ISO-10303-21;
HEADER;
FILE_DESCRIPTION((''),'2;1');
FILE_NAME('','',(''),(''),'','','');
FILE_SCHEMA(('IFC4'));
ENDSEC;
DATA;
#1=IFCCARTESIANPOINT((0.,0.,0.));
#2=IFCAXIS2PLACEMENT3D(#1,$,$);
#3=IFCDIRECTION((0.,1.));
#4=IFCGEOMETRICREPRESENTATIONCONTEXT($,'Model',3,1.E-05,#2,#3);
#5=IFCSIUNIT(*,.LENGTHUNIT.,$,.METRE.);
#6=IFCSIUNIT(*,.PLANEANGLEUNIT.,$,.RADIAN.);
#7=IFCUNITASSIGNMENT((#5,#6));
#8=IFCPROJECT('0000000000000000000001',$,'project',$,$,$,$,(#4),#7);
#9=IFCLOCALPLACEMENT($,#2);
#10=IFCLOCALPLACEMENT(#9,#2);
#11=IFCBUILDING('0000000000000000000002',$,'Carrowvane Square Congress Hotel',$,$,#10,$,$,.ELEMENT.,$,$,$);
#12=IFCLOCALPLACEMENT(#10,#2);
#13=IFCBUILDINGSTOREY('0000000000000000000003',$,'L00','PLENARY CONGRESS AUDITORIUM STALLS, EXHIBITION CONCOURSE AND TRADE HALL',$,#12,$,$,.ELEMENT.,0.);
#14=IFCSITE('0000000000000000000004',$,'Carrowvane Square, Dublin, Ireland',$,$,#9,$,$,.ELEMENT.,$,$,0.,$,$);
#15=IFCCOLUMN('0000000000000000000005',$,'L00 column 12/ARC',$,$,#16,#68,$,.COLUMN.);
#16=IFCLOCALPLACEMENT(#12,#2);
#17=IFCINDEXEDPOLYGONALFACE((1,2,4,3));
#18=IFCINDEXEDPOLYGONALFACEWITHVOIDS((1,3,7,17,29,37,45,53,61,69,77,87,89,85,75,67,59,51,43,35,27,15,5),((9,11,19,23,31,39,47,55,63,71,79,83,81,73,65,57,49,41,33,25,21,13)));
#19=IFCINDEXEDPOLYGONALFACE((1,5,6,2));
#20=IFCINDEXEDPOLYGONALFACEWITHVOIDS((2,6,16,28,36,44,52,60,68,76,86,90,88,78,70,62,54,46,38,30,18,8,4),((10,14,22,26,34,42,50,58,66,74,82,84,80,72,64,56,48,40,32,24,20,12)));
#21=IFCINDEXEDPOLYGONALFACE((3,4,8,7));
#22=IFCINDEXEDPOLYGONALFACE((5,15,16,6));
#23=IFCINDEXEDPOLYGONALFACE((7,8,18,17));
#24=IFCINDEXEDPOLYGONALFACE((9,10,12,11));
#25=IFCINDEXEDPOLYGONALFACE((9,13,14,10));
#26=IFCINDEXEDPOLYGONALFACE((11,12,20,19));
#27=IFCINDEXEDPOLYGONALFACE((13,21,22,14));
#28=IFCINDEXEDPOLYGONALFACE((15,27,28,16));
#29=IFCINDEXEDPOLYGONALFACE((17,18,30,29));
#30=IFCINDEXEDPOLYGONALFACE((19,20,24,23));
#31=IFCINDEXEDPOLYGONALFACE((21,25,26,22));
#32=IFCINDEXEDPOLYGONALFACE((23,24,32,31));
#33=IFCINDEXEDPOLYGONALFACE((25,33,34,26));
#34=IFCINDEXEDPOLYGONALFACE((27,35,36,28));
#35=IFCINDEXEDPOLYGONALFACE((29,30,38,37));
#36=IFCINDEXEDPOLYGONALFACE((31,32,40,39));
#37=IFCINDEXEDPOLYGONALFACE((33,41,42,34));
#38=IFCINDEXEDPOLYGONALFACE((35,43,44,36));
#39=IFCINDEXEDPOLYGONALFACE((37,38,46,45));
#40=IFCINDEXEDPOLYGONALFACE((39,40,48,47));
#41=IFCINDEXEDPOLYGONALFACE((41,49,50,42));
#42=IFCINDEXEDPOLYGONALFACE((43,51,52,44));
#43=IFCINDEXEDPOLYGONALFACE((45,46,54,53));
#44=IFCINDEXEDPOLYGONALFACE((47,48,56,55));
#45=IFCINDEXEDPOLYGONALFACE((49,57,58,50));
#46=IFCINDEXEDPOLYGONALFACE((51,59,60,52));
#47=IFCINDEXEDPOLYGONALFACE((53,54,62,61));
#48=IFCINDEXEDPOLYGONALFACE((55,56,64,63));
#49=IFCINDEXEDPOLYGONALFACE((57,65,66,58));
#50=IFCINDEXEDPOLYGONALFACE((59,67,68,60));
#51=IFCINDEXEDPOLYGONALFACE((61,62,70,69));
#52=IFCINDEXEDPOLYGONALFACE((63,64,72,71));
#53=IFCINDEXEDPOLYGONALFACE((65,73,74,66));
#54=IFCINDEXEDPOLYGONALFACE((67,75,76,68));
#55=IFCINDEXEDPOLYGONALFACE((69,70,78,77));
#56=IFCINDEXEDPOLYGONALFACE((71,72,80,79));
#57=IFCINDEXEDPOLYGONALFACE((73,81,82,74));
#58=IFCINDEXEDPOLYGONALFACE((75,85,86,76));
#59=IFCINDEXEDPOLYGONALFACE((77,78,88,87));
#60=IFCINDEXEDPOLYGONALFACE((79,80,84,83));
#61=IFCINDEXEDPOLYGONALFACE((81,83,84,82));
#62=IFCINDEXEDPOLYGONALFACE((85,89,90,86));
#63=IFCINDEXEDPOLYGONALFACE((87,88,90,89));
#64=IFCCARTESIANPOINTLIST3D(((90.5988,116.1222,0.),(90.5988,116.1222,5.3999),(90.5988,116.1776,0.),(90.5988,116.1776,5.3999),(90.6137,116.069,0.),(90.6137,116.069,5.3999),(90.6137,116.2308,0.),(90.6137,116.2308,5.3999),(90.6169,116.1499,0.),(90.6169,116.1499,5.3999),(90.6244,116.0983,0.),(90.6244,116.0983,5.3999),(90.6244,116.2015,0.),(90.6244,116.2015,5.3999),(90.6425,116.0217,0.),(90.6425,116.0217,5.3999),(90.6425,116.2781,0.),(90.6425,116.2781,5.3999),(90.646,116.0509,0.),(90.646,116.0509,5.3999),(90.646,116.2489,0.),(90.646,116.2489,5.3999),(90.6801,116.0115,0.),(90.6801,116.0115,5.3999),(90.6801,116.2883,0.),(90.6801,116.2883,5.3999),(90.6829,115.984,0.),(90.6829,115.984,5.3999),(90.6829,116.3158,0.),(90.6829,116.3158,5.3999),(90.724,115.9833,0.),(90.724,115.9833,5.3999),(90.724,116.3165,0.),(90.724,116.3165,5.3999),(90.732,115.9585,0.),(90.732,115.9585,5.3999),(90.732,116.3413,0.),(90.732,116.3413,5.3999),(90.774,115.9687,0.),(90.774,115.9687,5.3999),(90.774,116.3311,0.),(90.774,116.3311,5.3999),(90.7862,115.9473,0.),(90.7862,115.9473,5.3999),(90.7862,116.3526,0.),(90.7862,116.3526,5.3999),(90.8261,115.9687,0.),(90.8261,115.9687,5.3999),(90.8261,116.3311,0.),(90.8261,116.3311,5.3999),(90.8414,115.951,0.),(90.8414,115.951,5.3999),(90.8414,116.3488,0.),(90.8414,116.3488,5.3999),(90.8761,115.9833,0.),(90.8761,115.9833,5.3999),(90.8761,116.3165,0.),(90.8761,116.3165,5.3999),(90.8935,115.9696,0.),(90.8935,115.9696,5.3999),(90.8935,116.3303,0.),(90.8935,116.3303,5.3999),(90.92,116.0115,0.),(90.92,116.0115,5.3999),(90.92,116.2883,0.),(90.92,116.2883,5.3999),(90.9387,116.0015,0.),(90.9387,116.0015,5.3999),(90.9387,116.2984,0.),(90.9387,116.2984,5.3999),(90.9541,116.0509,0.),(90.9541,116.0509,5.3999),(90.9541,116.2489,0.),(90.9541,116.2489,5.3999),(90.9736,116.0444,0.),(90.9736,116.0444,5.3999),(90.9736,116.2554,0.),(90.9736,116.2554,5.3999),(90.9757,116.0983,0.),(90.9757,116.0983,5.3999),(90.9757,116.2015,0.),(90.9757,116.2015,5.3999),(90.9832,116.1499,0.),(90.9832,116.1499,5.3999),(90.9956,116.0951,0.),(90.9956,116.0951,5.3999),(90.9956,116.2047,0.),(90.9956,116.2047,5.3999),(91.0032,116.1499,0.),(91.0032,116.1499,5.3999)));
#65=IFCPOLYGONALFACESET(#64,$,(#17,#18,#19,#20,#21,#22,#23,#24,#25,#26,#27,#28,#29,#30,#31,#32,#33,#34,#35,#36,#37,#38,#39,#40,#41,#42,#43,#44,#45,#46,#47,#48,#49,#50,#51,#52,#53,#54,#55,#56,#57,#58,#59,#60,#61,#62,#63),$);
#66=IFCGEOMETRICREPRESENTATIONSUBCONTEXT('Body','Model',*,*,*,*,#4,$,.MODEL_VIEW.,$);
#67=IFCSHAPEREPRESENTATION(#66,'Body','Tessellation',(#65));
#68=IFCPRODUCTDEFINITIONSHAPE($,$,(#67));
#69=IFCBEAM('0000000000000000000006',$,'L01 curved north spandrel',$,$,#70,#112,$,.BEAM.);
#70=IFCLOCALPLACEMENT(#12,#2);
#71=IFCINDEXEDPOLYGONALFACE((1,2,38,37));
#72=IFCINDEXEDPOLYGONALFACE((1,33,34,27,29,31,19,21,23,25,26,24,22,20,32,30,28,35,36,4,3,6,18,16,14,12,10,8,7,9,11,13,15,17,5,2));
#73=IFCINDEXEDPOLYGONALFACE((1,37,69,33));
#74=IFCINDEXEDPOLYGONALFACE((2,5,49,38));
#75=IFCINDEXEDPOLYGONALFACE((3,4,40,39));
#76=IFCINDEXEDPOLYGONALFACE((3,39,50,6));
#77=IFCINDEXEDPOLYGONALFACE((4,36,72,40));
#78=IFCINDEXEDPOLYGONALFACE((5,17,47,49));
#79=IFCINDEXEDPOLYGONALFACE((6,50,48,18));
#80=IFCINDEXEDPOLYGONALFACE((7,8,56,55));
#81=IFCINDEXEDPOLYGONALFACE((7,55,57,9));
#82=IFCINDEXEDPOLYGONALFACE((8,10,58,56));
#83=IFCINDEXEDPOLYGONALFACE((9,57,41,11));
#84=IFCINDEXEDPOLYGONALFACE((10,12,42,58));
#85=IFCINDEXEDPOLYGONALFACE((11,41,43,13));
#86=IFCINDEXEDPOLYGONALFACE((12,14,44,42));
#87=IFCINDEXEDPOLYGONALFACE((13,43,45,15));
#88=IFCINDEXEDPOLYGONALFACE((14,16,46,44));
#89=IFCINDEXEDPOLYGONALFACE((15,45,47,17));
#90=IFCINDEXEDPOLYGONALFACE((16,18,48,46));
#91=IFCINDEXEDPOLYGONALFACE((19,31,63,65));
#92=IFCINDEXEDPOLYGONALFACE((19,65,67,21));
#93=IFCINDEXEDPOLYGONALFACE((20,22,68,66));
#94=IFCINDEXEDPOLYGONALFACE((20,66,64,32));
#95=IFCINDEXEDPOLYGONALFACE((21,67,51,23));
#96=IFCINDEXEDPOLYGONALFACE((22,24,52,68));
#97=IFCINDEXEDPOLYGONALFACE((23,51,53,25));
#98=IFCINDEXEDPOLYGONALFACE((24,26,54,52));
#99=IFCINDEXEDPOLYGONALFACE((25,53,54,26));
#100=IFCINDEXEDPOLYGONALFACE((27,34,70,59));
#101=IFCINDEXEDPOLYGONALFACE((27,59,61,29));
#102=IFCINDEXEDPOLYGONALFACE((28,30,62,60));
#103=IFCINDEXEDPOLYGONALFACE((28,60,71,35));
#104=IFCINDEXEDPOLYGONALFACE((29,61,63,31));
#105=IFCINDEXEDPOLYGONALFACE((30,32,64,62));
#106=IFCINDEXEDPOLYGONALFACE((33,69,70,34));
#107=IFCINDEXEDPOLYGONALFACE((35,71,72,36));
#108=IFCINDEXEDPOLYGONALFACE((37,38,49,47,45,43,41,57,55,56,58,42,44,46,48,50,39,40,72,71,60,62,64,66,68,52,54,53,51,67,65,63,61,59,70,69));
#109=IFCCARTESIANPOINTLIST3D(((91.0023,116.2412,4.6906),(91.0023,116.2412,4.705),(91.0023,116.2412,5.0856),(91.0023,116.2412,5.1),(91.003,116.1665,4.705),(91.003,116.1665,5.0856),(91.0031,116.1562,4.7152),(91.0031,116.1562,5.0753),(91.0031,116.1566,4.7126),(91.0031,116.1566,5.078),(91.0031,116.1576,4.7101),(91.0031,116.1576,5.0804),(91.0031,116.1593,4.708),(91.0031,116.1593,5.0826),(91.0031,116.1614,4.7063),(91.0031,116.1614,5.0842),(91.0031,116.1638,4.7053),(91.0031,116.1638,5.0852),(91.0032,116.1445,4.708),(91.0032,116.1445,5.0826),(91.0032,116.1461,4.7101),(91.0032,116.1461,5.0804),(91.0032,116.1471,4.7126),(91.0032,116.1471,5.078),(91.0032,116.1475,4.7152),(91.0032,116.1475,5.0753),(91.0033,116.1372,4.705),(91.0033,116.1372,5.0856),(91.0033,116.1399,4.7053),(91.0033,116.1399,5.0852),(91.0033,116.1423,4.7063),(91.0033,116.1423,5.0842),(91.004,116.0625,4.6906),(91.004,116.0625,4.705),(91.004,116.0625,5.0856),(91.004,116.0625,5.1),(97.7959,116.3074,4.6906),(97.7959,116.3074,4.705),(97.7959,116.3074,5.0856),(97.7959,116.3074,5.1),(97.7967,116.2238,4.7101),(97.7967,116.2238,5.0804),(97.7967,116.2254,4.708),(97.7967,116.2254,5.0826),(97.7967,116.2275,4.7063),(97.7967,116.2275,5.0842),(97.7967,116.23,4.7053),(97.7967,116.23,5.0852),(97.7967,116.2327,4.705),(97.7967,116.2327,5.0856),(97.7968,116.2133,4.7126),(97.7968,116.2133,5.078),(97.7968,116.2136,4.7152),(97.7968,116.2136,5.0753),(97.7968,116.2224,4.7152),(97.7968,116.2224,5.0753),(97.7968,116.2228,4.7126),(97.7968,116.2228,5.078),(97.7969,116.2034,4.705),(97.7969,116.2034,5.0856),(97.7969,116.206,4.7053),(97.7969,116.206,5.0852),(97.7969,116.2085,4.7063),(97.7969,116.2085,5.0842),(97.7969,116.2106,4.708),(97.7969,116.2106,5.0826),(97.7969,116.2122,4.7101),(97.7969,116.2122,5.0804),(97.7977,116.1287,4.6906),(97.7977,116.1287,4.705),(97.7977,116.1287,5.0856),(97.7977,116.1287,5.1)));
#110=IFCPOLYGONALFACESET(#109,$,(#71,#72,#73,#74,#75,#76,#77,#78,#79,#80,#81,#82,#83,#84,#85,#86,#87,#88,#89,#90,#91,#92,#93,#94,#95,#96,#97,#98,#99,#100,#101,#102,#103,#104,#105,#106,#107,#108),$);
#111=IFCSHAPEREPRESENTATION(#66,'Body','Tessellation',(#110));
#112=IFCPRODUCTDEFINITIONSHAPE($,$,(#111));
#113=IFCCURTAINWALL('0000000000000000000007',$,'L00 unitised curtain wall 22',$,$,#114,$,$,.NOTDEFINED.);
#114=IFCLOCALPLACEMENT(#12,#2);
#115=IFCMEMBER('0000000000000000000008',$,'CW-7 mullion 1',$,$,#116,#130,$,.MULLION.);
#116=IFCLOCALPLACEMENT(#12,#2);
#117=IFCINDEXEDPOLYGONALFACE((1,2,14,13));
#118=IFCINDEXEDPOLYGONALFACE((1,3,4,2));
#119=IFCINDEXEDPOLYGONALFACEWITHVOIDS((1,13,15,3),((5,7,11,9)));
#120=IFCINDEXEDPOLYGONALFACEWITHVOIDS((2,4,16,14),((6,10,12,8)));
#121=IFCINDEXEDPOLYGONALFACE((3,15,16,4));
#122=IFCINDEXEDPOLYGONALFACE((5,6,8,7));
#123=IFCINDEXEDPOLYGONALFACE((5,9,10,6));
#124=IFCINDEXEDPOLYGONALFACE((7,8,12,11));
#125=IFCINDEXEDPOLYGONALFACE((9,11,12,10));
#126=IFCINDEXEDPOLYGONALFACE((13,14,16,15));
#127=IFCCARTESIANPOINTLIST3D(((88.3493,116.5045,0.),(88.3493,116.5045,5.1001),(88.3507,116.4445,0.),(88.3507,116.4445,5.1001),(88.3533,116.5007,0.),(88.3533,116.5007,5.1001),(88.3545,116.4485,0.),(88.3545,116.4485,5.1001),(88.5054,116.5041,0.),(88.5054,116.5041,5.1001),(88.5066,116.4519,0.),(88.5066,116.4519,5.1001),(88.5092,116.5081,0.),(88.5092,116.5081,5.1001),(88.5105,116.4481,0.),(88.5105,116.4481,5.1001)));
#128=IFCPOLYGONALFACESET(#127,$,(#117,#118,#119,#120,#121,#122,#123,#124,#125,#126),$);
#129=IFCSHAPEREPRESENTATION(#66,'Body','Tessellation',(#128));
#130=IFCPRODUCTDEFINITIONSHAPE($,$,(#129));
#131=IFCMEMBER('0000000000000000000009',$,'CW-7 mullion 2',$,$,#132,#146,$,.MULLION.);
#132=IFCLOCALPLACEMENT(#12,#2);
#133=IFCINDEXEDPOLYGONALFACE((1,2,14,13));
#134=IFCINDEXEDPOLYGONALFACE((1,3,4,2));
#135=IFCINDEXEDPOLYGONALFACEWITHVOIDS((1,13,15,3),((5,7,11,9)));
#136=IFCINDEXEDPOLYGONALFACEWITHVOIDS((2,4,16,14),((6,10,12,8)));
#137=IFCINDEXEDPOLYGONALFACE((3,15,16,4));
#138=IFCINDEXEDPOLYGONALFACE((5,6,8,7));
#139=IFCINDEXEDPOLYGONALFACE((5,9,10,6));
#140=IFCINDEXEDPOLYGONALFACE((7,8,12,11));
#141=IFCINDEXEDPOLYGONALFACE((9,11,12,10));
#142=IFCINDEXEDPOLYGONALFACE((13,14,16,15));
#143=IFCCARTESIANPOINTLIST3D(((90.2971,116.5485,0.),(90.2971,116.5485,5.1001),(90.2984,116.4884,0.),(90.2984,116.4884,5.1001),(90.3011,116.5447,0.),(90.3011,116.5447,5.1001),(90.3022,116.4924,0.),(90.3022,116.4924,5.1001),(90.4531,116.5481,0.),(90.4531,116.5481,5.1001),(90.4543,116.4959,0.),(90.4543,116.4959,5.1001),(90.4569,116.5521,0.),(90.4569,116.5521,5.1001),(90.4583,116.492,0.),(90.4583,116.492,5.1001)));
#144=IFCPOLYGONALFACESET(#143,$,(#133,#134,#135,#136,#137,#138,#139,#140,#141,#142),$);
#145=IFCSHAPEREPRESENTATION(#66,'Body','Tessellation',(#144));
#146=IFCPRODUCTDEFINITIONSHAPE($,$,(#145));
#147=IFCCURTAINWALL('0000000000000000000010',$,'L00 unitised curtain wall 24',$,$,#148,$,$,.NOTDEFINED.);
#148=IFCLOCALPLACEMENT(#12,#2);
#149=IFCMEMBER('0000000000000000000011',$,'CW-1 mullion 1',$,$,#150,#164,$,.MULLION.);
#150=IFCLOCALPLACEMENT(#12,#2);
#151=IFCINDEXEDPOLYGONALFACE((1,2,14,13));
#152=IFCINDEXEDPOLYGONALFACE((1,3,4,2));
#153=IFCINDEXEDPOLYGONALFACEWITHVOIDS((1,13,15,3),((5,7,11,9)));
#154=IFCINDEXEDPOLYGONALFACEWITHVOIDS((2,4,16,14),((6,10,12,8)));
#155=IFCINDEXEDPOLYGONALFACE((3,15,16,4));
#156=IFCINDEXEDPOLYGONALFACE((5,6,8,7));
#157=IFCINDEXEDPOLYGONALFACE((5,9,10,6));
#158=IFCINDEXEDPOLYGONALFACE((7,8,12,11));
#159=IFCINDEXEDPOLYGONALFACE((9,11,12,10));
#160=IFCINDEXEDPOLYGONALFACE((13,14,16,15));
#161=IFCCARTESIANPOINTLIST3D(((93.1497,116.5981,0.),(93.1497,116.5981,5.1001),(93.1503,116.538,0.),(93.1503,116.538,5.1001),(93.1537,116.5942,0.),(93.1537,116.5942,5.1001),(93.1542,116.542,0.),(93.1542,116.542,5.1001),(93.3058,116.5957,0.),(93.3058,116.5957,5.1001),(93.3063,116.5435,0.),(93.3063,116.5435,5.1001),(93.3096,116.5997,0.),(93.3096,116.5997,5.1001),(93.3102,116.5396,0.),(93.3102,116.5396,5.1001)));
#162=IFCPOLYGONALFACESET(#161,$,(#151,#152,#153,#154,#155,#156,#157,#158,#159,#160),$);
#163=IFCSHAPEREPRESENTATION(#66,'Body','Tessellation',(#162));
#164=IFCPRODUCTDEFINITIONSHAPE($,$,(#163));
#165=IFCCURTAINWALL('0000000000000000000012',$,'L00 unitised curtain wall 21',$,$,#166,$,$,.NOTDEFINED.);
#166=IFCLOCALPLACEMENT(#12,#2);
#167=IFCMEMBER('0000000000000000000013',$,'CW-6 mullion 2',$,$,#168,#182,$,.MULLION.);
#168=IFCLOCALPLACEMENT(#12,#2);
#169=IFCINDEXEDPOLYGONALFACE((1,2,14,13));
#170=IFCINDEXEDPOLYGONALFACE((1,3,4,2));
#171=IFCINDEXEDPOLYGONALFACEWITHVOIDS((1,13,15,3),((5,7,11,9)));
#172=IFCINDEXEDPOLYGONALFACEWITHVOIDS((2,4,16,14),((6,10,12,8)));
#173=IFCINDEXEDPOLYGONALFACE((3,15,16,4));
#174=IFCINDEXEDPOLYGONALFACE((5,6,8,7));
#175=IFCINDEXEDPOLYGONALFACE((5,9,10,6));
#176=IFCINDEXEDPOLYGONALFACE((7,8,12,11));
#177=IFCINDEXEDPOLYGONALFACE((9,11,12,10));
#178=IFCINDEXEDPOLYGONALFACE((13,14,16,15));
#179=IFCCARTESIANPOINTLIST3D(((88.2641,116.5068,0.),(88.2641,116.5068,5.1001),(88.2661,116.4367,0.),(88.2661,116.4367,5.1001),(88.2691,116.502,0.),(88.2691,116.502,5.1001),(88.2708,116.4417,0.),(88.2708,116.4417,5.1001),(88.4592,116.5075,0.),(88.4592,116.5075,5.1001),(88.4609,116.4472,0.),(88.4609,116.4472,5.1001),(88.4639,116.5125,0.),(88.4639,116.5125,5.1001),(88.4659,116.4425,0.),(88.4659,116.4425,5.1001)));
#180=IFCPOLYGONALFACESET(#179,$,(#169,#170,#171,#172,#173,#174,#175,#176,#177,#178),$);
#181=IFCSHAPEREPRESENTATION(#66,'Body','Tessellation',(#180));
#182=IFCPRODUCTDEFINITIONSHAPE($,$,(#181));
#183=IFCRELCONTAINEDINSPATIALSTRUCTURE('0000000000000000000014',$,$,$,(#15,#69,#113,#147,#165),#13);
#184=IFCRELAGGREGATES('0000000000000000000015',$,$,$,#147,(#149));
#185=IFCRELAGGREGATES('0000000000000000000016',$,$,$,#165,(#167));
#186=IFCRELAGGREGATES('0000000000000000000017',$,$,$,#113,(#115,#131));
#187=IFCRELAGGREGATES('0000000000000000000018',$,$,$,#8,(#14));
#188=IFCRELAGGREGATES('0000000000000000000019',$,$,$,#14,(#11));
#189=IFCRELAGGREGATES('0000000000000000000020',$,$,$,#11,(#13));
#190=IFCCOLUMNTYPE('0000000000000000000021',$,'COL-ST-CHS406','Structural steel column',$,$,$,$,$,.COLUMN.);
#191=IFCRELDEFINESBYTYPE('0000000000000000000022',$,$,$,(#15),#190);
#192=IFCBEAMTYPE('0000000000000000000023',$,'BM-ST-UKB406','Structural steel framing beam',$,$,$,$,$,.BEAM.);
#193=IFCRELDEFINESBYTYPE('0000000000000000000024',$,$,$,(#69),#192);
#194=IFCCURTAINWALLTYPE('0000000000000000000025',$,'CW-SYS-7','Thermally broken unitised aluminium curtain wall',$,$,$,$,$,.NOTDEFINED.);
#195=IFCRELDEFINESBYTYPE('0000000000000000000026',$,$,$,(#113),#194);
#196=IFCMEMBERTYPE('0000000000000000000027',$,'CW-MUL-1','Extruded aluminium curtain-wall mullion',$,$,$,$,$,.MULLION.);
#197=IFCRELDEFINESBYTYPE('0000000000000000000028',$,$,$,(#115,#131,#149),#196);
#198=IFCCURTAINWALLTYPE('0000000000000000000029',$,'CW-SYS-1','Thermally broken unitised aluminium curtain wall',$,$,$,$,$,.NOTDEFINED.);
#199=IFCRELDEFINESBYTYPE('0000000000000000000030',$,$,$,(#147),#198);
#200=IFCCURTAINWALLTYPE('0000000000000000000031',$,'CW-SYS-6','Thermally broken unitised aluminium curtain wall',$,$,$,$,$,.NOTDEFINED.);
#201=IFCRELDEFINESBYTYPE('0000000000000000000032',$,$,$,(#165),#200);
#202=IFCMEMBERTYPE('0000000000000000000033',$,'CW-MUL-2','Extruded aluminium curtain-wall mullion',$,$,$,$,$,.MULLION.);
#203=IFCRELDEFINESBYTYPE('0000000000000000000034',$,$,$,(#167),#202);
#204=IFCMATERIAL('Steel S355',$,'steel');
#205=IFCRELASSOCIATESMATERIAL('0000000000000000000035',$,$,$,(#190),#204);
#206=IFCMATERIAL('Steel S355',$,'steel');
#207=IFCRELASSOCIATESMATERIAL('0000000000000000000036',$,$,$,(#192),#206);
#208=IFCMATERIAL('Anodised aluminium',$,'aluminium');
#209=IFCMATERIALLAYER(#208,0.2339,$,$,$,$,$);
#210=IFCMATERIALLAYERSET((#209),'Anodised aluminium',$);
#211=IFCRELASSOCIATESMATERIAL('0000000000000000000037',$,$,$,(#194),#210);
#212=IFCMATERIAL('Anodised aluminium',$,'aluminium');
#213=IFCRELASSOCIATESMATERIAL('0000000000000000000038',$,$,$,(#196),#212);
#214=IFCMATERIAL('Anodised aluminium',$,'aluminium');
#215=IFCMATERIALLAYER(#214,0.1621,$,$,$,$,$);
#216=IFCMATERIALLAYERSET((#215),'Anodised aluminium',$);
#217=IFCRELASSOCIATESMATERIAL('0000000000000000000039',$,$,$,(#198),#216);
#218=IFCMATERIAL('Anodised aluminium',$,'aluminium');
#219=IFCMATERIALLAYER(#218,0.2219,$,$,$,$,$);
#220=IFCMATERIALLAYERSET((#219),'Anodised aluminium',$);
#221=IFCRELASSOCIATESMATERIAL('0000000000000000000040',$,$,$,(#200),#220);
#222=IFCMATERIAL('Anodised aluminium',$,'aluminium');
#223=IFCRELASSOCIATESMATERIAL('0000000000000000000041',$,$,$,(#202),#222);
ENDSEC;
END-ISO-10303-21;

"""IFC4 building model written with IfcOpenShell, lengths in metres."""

from ifc_helpers import new_model, si_unit, direction, frame, origin, origin_2d, place, context, subcontext, project, spatial, hollow_rectangle, hollow_circle, i_section, extrude, material, layer, layer_set, material_profile, profile_set, type_object, element, aggregate, save


model = new_model("IFC4")

# Units and contexts
model_context = context("Model", 3, precision=1e-05, world=origin(), true_north=direction((0.0, 1.0)))
body_context = subcontext(model_context, "Body", "Model", "MODEL_VIEW")
ifc_project = project(units=[si_unit("LENGTHUNIT", "METRE"), si_unit("PLANEANGLEUNIT", "RADIAN")], contexts=[model_context])

# Site, building, storey
site_placement = place(None, origin())
site = spatial("IfcSite", under=ifc_project, at=site_placement, Name="Carrowvane Square, Dublin, Ireland", CompositionType="ELEMENT", RefElevation=0.0)
building_placement = place(site_placement, origin())
building = spatial("IfcBuilding", under=site, at=building_placement, Name="Carrowvane Square Congress Hotel", CompositionType="ELEMENT")
storey_placement = place(building_placement, origin())
storey = spatial("IfcBuildingStorey", under=building, at=storey_placement, Name="L00", Description="PLENARY CONGRESS AUDITORIUM STALLS, EXHIBITION CONCOURSE AND TRADE HALL", CompositionType="ELEMENT", Elevation=0.0)

# Column
ifc_material_1 = material(Name="Steel S355", Category="steel")
ifc_material_profile_1 = material_profile(ifc_material_1, hollow_circle(Radius=0.2031, WallThickness=0.02, at=origin_2d()), Name="CHS 406.4x20")
ifc_profile_set_1 = profile_set([ifc_material_profile_1], Name="Steel S355")
column_type = type_object("IfcColumnType", Name="COL-ST-CHS406", Description="Structural steel column", PredefinedType="COLUMN", material=ifc_profile_set_1)
column_placement = place(storey_placement, frame((90.8, 116.1499, 0.0), z_axis=(0.0, 0.0, 1.0), x_axis=(1.0, 0.0, 0.0)))
element("IfcColumn", 1, at=column_placement, inside=storey, type_object=column_type, Name="L00 column 12/ARC", PredefinedType="COLUMN", context=body_context, shape_type="SweptSolid", body=[
    extrude(hollow_circle(Radius=0.2031, WallThickness=0.02, at=origin_2d()), origin(), (0.0, 0.0, 1.0), 5.3999),
])

# Beam
ifc_material_2 = material(Name="Steel S355", Category="steel")
ifc_material_profile_2 = material_profile(ifc_material_2, i_section(OverallWidth=0.1787, OverallDepth=0.4094, WebThickness=0.0088, FlangeThickness=0.0144, FilletRadius=0.0103, at=origin_2d()), Name="UKB 406x178x67")
ifc_profile_set_2 = profile_set([ifc_material_profile_2], Name="Steel S355")
beam_type = type_object("IfcBeamType", Name="BM-ST-UKB406", Description="Structural steel framing beam", PredefinedType="BEAM", material=ifc_profile_set_2)
beam_placement = place(storey_placement, frame((91.0032, 116.1519, 4.8953), z_axis=(0.999953, 0.009738, 0.0), x_axis=(-0.009738, 0.999953, 0.0)))
element("IfcBeam", 2, at=beam_placement, inside=storey, type_object=beam_type, Name="L01 curved north spandrel", PredefinedType="BEAM", context=body_context, shape_type="SweptSolid", body=[
    extrude(i_section(OverallWidth=0.1787, OverallDepth=0.4094, WebThickness=0.0088, FlangeThickness=0.0144, FilletRadius=0.0103, at=origin_2d()), origin(), (0.0, 0.0, 1.0), 6.7939),
])

# Curtain wall, members
ifc_material_3 = material(Name="Anodised aluminium", Category="aluminium")
ifc_layer_1 = layer(ifc_material_3, 0.2339)
ifc_layer_set_1 = layer_set([ifc_layer_1], Name="Anodised aluminium")
curtain_wall_type_1 = type_object("IfcCurtainWallType", Name="CW-SYS-7", Description="Thermally broken unitised aluminium curtain wall", PredefinedType="NOTDEFINED", material=ifc_layer_set_1)
curtain_wall_1_placement = place(storey_placement, origin())
curtain_wall_1 = element("IfcCurtainWall", 3, at=curtain_wall_1_placement, inside=storey, type_object=curtain_wall_type_1, Name="L00 unitised curtain wall 22", PredefinedType="NOTDEFINED")
ifc_material_4 = material(Name="Anodised aluminium", Category="aluminium")
ifc_material_profile_3 = material_profile(ifc_material_4, hollow_rectangle(XDim=0.0601, YDim=0.1599, WallThickness=0.0039, at=origin_2d()), Name="CW-ML 60x160x4")
ifc_profile_set_3 = profile_set([ifc_material_profile_3], Name="Anodised aluminium")
member_type_1 = type_object("IfcMemberType", Name="CW-MUL-1", Description="Extruded aluminium curtain-wall mullion", PredefinedType="MULLION", material=ifc_profile_set_3)
member_1_placement = place(storey_placement, frame((88.4299, 116.4763, 0.0), z_axis=(0.0, 0.0, 1.0), x_axis=(-0.022518, 0.999746, 0.0)))
member_1 = element("IfcMember", 4, at=member_1_placement, type_object=member_type_1, Name="CW-7 mullion 1", PredefinedType="MULLION", context=body_context, shape_type="SweptSolid", body=[
    extrude(hollow_rectangle(XDim=0.0601, YDim=0.1599, WallThickness=0.0039, at=origin_2d()), origin(), (0.0, 0.0, 1.0), 5.1001),
])
member_2_placement = place(storey_placement, frame((90.3777, 116.5203, 0.0), z_axis=(0.0, 0.0, 1.0), x_axis=(-0.022518, 0.999746, 0.0)))
member_2 = element("IfcMember", 5, at=member_2_placement, type_object=member_type_1, Name="CW-7 mullion 2", PredefinedType="MULLION", context=body_context, shape_type="SweptSolid", body=[
    extrude(hollow_rectangle(XDim=0.0601, YDim=0.1599, WallThickness=0.0039, at=origin_2d()), origin(), (0.0, 0.0, 1.0), 5.1001),
])

# Curtain walls, members
ifc_material_5 = material(Name="Anodised aluminium", Category="aluminium")
ifc_layer_2 = layer(ifc_material_5, 0.1621)
ifc_layer_set_2 = layer_set([ifc_layer_2], Name="Anodised aluminium")
curtain_wall_type_2 = type_object("IfcCurtainWallType", Name="CW-SYS-1", Description="Thermally broken unitised aluminium curtain wall", PredefinedType="NOTDEFINED", material=ifc_layer_set_2)
curtain_wall_2_placement = place(storey_placement, origin())
curtain_wall_2 = element("IfcCurtainWall", 6, at=curtain_wall_2_placement, inside=storey, type_object=curtain_wall_type_2, Name="L00 unitised curtain wall 24", PredefinedType="NOTDEFINED")
member_3_placement = place(storey_placement, frame((93.23, 116.5688, 0.0), z_axis=(0.0, 0.0, 1.0), x_axis=(-0.009783, 0.999952, 0.0)))
member_3 = element("IfcMember", 7, at=member_3_placement, type_object=member_type_1, Name="CW-1 mullion 1", PredefinedType="MULLION", context=body_context, shape_type="SweptSolid", body=[
    extrude(hollow_rectangle(XDim=0.0601, YDim=0.1599, WallThickness=0.0039, at=origin_2d()), origin(), (0.0, 0.0, 1.0), 5.1001),
])
ifc_material_6 = material(Name="Anodised aluminium", Category="aluminium")
ifc_layer_3 = layer(ifc_material_6, 0.2219)
ifc_layer_set_3 = layer_set([ifc_layer_3], Name="Anodised aluminium")
curtain_wall_type_3 = type_object("IfcCurtainWallType", Name="CW-SYS-6", Description="Thermally broken unitised aluminium curtain wall", PredefinedType="NOTDEFINED", material=ifc_layer_set_3)
curtain_wall_3_placement = place(storey_placement, origin())
curtain_wall_3 = element("IfcCurtainWall", 8, at=curtain_wall_3_placement, inside=storey, type_object=curtain_wall_type_3, Name="L00 unitised curtain wall 21", PredefinedType="NOTDEFINED")
ifc_material_7 = material(Name="Anodised aluminium", Category="aluminium")
ifc_material_profile_4 = material_profile(ifc_material_7, hollow_rectangle(XDim=0.0701, YDim=0.2, WallThickness=0.0049, at=origin_2d()), Name="CW-ML 70x200x5")
ifc_profile_set_4 = profile_set([ifc_material_profile_4], Name="Anodised aluminium")
member_type_2 = type_object("IfcMemberType", Name="CW-MUL-2", Description="Extruded aluminium curtain-wall mullion", PredefinedType="MULLION", material=ifc_profile_set_4)
member_4_placement = place(storey_placement, frame((88.365, 116.4746, 0.0), z_axis=(0.0, 0.0, 1.0), x_axis=(-0.028638, 0.99959, 0.0)))
member_4 = element("IfcMember", 9, at=member_4_placement, type_object=member_type_2, Name="CW-6 mullion 2", PredefinedType="MULLION", context=body_context, shape_type="SweptSolid", body=[
    extrude(hollow_rectangle(XDim=0.0701, YDim=0.2, WallThickness=0.0049, at=origin_2d()), origin(), (0.0, 0.0, 1.0), 5.1001),
])

aggregate(curtain_wall_2, [member_3])

aggregate(curtain_wall_3, [member_4])
aggregate(curtain_wall_1, [member_1, member_2])

save(model, "model.ifc")
